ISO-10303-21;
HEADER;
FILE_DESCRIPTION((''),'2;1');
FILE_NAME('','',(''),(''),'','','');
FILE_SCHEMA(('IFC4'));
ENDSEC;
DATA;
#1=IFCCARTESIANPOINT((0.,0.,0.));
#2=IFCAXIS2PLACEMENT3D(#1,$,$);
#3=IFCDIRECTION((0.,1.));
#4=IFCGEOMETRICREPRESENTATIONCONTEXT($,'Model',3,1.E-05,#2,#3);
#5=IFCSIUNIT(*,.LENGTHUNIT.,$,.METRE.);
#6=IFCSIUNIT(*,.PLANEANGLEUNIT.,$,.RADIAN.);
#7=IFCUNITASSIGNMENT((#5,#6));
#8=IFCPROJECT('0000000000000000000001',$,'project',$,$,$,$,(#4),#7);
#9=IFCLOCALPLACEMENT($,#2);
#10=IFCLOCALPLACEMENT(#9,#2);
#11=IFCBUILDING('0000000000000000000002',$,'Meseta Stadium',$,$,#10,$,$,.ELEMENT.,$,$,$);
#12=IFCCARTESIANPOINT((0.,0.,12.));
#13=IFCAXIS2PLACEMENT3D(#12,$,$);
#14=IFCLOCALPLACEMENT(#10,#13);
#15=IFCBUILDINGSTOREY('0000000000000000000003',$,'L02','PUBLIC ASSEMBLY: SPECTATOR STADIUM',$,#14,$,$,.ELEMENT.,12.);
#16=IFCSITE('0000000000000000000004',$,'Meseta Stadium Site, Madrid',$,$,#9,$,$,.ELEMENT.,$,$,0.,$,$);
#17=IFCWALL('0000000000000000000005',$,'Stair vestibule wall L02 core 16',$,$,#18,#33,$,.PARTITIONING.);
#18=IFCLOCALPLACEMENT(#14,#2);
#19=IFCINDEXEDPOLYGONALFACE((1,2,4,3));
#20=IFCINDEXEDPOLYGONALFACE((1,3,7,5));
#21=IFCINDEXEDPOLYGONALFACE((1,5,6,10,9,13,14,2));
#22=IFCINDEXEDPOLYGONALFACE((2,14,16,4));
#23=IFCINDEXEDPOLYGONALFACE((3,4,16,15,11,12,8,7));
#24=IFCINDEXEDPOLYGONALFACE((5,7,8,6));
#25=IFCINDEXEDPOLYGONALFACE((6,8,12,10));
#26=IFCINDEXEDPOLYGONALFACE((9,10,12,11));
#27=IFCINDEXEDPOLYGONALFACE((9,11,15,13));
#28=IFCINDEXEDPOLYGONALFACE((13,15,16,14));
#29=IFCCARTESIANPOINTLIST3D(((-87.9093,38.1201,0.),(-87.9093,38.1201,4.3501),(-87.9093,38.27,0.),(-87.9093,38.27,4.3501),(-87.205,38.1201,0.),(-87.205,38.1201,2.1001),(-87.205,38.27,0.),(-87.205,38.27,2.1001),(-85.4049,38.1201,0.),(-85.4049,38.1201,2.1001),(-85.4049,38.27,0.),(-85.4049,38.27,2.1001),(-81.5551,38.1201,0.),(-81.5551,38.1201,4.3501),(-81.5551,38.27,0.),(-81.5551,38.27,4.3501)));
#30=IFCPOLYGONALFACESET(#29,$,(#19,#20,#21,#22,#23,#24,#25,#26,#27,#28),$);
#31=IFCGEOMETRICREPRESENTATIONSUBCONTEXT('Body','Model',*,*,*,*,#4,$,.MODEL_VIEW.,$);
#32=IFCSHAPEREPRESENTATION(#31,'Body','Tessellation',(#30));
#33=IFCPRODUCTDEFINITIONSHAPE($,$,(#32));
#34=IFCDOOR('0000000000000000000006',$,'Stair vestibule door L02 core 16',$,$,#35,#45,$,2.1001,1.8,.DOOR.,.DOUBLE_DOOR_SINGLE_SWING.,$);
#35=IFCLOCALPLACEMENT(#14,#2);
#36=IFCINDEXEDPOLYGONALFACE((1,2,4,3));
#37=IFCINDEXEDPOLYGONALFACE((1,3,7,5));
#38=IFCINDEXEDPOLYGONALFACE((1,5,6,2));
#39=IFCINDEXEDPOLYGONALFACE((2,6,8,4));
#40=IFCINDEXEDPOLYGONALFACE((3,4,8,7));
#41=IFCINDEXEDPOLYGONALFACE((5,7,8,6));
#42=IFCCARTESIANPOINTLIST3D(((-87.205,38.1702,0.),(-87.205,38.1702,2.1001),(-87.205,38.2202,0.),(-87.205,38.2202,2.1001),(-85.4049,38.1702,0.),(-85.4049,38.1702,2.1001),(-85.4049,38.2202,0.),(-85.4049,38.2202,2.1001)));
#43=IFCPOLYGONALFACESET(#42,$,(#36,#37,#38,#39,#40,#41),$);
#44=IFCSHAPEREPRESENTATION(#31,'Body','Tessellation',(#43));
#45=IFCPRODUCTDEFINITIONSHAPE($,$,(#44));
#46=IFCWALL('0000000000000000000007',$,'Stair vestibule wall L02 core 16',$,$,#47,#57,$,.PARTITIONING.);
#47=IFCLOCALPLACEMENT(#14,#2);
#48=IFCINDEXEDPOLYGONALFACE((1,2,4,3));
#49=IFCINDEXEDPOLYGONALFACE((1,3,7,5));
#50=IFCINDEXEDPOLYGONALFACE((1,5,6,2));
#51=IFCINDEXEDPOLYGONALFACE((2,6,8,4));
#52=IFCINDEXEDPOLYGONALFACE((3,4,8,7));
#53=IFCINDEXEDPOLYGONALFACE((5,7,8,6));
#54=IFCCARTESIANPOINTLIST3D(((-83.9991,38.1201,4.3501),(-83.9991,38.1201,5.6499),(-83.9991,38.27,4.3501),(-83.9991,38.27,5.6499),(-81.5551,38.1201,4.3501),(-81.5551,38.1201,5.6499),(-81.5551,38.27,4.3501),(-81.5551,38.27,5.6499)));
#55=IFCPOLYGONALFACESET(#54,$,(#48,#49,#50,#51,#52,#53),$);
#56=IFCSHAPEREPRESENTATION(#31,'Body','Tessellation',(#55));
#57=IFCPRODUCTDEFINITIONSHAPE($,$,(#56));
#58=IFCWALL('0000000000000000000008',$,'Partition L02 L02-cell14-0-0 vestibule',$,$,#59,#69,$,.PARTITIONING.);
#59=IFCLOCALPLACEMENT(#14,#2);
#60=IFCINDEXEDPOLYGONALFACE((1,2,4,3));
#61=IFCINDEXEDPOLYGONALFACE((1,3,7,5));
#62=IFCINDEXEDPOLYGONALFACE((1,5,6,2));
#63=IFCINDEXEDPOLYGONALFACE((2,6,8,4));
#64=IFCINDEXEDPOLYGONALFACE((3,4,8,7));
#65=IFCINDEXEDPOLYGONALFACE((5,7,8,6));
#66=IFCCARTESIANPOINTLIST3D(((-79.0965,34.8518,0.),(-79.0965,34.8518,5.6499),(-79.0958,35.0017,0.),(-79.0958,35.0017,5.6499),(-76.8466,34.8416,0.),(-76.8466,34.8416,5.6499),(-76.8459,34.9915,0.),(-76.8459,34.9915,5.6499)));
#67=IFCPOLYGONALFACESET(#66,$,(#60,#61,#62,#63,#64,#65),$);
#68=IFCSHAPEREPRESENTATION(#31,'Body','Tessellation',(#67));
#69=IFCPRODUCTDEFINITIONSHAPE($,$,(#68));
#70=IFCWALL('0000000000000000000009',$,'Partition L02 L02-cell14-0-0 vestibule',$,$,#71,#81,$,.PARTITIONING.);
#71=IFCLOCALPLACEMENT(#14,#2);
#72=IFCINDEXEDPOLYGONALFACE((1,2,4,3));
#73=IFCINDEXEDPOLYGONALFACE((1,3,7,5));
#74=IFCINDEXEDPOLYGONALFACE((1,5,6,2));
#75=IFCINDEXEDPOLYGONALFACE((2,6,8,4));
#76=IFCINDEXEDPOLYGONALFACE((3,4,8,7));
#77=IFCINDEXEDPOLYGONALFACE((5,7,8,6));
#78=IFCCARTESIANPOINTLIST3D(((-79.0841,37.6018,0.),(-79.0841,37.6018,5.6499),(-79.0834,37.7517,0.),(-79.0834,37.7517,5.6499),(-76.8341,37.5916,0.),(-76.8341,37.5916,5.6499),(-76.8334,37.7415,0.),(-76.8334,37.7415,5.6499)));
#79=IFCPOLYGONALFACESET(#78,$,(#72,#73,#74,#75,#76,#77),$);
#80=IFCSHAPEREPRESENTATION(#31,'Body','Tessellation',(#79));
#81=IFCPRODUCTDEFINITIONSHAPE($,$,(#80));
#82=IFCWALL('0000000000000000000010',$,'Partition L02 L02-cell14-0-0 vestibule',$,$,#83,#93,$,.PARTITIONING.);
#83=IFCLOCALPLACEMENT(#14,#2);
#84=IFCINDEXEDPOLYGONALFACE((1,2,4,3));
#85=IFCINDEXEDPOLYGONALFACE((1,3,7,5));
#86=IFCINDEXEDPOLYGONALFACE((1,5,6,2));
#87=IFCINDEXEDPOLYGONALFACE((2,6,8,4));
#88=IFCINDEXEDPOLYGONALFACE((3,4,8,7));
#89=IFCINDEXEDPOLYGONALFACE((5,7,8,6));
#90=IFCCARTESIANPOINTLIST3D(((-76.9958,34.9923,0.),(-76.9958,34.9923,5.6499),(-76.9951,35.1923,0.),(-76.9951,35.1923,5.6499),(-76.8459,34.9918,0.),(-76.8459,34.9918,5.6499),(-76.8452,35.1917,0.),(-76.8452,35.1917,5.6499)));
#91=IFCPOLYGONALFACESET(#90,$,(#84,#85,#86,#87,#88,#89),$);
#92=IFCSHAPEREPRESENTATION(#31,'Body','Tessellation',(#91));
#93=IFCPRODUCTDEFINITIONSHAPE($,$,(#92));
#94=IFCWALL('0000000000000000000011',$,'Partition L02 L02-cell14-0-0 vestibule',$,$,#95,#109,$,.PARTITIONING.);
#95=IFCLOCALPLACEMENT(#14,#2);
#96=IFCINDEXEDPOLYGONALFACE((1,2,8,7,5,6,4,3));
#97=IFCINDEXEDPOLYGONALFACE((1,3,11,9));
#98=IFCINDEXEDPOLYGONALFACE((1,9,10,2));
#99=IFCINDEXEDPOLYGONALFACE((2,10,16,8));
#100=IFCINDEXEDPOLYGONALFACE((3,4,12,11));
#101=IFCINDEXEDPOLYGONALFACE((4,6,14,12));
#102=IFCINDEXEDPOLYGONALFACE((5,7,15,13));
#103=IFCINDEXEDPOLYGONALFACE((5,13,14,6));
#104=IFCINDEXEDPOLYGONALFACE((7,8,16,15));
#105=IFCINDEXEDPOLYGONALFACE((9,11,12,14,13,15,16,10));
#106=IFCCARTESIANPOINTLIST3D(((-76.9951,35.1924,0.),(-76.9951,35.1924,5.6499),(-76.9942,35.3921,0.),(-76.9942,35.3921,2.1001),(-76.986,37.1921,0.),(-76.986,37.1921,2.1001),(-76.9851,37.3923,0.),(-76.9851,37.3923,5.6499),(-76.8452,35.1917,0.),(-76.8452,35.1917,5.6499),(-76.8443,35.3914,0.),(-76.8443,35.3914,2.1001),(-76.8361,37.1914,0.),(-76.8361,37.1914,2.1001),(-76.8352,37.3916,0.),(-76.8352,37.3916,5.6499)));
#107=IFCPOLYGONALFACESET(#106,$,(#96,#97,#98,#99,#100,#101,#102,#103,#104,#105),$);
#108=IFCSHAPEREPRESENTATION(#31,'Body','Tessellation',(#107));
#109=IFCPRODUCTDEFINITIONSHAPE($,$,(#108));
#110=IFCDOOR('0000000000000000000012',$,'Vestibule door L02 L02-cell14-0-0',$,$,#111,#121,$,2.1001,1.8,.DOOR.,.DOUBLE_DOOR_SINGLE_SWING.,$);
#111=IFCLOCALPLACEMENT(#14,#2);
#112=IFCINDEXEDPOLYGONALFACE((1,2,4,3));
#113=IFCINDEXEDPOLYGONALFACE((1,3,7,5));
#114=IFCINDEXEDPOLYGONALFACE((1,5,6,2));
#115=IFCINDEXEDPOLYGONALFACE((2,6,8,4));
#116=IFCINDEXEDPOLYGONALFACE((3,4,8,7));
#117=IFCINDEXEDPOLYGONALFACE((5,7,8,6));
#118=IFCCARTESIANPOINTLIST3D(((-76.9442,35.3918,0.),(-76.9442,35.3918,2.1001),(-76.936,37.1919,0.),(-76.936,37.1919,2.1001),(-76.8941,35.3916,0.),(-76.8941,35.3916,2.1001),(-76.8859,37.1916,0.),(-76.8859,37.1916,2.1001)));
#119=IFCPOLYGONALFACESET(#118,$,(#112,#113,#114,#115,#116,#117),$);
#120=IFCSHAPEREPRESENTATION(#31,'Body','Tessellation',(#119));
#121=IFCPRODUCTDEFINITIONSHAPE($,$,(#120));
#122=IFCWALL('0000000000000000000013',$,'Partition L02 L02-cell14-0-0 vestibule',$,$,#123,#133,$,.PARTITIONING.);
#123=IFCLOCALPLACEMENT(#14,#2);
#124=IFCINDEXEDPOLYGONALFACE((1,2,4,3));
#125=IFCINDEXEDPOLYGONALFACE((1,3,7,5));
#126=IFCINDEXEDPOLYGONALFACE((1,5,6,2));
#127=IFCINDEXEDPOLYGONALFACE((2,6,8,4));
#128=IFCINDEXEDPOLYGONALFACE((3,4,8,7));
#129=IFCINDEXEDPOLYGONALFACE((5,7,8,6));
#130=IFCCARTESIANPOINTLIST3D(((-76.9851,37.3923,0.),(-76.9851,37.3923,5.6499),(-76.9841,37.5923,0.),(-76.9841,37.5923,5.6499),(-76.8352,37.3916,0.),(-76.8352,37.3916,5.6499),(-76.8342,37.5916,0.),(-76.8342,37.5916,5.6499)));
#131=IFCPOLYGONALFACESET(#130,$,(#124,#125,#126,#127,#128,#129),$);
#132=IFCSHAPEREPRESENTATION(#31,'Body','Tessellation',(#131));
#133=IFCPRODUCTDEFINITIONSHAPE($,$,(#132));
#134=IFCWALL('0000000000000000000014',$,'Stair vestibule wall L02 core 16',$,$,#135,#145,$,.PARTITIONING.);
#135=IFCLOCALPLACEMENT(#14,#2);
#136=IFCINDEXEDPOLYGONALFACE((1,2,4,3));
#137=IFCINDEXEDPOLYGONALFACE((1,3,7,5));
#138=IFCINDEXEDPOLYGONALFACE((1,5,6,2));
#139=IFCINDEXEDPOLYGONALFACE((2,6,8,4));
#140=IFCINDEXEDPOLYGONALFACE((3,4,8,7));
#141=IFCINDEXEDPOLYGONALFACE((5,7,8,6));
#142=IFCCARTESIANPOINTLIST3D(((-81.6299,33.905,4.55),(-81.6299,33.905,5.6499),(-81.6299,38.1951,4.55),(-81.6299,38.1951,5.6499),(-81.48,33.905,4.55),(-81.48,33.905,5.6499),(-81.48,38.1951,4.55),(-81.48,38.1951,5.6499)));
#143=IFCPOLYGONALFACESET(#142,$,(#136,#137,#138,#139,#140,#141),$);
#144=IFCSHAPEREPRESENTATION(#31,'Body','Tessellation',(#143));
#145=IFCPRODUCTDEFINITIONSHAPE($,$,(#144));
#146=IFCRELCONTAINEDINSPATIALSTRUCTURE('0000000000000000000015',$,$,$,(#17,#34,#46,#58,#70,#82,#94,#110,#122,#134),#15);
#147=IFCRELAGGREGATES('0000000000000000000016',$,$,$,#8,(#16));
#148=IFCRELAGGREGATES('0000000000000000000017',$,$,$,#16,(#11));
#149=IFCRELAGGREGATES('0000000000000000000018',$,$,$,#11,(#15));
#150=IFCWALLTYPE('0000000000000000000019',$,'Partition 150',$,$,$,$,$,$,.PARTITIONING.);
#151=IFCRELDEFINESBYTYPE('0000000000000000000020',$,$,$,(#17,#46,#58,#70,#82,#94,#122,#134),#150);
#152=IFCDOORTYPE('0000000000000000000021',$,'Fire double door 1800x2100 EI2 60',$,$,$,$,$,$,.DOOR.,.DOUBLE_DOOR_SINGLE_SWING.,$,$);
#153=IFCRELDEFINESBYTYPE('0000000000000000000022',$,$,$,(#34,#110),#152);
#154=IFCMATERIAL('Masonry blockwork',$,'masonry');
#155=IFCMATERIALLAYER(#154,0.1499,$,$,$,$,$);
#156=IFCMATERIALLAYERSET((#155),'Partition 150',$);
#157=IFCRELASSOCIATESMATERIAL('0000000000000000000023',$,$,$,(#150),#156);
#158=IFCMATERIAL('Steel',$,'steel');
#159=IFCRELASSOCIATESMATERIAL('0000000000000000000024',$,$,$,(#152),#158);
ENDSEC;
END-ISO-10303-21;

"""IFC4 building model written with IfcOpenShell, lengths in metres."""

from ifc_helpers import new_model, si_unit, direction, frame, frame_2d, origin, place, context, subcontext, project, spatial, rectangle, extrude, material, layer, layer_set, type_object, element, fill, save


model = new_model("IFC4")

# Units and contexts
model_context = context("Model", 3, precision=1e-05, world=origin(), true_north=direction((0.0, 1.0)))
body_context = subcontext(model_context, "Body", "Model", "MODEL_VIEW")
ifc_project = project(units=[si_unit("LENGTHUNIT", "METRE"), si_unit("PLANEANGLEUNIT", "RADIAN")], contexts=[model_context])

# Site, building, storey
site_placement = place(None, origin())
site = spatial("IfcSite", under=ifc_project, at=site_placement, Name="Meseta Stadium Site, Madrid", CompositionType="ELEMENT", RefElevation=0.0)
building_placement = place(site_placement, origin())
building = spatial("IfcBuilding", under=site, at=building_placement, Name="Meseta Stadium", CompositionType="ELEMENT")
storey_placement = place(building_placement, frame((0.0, 0.0, 12.0)))
storey = spatial("IfcBuildingStorey", under=building, at=storey_placement, Name="L02", Description="PUBLIC ASSEMBLY: SPECTATOR STADIUM", CompositionType="ELEMENT", Elevation=12.0)

# Shared definitions
ifc_material_1 = material(Name="Masonry blockwork", Category="masonry")
ifc_layer_1 = layer(ifc_material_1, 0.1499)
ifc_layer_set_1 = layer_set([ifc_layer_1], Name="Partition 150")
wall_type = type_object("IfcWallType", Name="Partition 150", PredefinedType="PARTITIONING", material=ifc_layer_set_1)
ifc_material_2 = material(Name="Steel", Category="steel")
door_type = type_object("IfcDoorType", Name="Fire double door 1800x2100 EI2 60", OperationType="DOUBLE_DOOR_SINGLE_SWING", PredefinedType="DOOR", material=ifc_material_2)

# Wall, opening, door
wall_1_placement = place(storey_placement, frame((-81.5549, 38.1951, 0.0), z_axis=(0.0, 0.0, 1.0), x_axis=(-1.0, 0.0, 0.0)))
wall_1 = element("IfcWall", 1, at=wall_1_placement, inside=storey, type_object=wall_type, Name="Stair vestibule wall L02 core 16", PredefinedType="PARTITIONING", context=body_context, shape_type="SweptSolid", body=[
    extrude(rectangle(XDim=6.3542, YDim=0.1499, at=frame_2d((3.1772, 0.0))), origin(), (0.0, 0.0, 1.0), 4.3501),
])
opening_1_placement = place(wall_1_placement, frame((3.8501, 0.0, 0.0)))
opening_1 = element("IfcOpeningElement", 2, at=opening_1_placement, cuts=wall_1, PredefinedType="OPENING", context=body_context, shape_type="SweptSolid", body=[
    extrude(rectangle(XDim=1.8, YDim=2.1001, at=frame_2d((0.8999, 1.05))), frame((0.0, 0.085, 0.0), z_axis=(0.0, -1.0, 0.0), x_axis=(1.0, 0.0, 0.0)), (0.0, 0.0, 1.0), 0.1699),
])
door_1_placement = place(opening_1_placement, origin())
door_1 = element("IfcDoor", 3, at=door_1_placement, inside=storey, type_object=door_type, Name="Stair vestibule door L02 core 16", OperationType="DOUBLE_DOOR_SINGLE_SWING", OverallHeight=2.1001, OverallWidth=1.8, PredefinedType="DOOR", context=body_context, shape_type="SweptSolid", body=[
    extrude(rectangle(XDim=1.8, YDim=2.1001, at=frame_2d((0.8999, 1.05))), frame((0.0, 0.0249, 0.0), z_axis=(0.0, -1.0, 0.0), x_axis=(1.0, 0.0, 0.0)), (0.0, 0.0, 1.0), 0.05),
])
fill(opening_1, door_1)

# Walls
wall_2_placement = place(storey_placement, frame((-81.5549, 38.1951, 4.3501), z_axis=(0.0, 0.0, 1.0), x_axis=(-1.0, 0.0, 0.0)))
element("IfcWall", 4, at=wall_2_placement, inside=storey, type_object=wall_type, Name="Stair vestibule wall L02 core 16", PredefinedType="PARTITIONING", context=body_context, shape_type="SweptSolid", body=[
    extrude(rectangle(XDim=2.4441, YDim=0.1499, at=frame_2d((1.2222, 0.0))), origin(), (0.0, 0.0, 1.0), 1.2998),
])
for number, where, z_axis, x_axis, name in (
    (5, (-79.0962, 34.9268, 0.0), (0.0, 0.0, 1.0), (0.99999, -0.004557, 0.0), "Partition L02 L02-cell14-0-0 vestibule"),
    (6, (-79.0837, 37.6768, 0.0), (0.0, 0.0, 1.0), (0.99999, -0.004557, 0.0), "Partition L02 L02-cell14-0-0 vestibule"),
):
    element("IfcWall", number, at=place(storey_placement, frame(where, z_axis=z_axis, x_axis=x_axis)), inside=storey, type_object=wall_type, Name=name, PredefinedType="PARTITIONING", context=body_context, shape_type="SweptSolid", body=[
        extrude(rectangle(XDim=2.25, YDim=0.1499, at=frame_2d((1.125, 0.0))), origin(), (0.0, 0.0, 1.0), 5.6499),
    ])
wall_3_placement = place(storey_placement, frame((-76.9209, 34.9919, 0.0), z_axis=(0.0, 0.0, 1.0), x_axis=(0.003663, 0.999993, 0.0)))
element("IfcWall", 7, at=wall_3_placement, inside=storey, type_object=wall_type, Name="Partition L02 L02-cell14-0-0 vestibule", PredefinedType="PARTITIONING", context=body_context, shape_type="SweptSolid", body=[
    extrude(rectangle(XDim=0.2, YDim=0.1499, at=frame_2d((0.1001, 0.0))), origin(), (0.0, 0.0, 1.0), 5.6499),
])

# Wall, opening, door
wall_4_placement = place(storey_placement, frame((-76.9202, 35.1919, 0.0), z_axis=(0.0, 0.0, 1.0), x_axis=(0.00455, 0.99999, 0.0)))
wall_4 = element("IfcWall", 8, at=wall_4_placement, inside=storey, type_object=wall_type, Name="Partition L02 L02-cell14-0-0 vestibule", PredefinedType="PARTITIONING", context=body_context, shape_type="SweptSolid", body=[
    extrude(rectangle(XDim=2.2, YDim=0.1499, at=frame_2d((1.1001, 0.0))), origin(), (0.0, 0.0, 1.0), 5.6499),
])
opening_2_placement = place(wall_4_placement, frame((0.2, 0.0, 0.0)))
opening_2 = element("IfcOpeningElement", 9, at=opening_2_placement, cuts=wall_4, PredefinedType="OPENING", context=body_context, shape_type="SweptSolid", body=[
    extrude(rectangle(XDim=1.8, YDim=2.1001, at=frame_2d((0.8999, 1.05))), frame((0.0, 0.085, 0.0), z_axis=(0.0, -1.0, 0.0), x_axis=(1.0, 0.0, 0.0)), (0.0, 0.0, 1.0), 0.1699),
])
door_2_placement = place(opening_2_placement, origin())
door_2 = element("IfcDoor", 10, at=door_2_placement, inside=storey, type_object=door_type, Name="Vestibule door L02 L02-cell14-0-0", OperationType="DOUBLE_DOOR_SINGLE_SWING", OverallHeight=2.1001, OverallWidth=1.8, PredefinedType="DOOR", context=body_context, shape_type="SweptSolid", body=[
    extrude(rectangle(XDim=1.8, YDim=2.1001, at=frame_2d((0.8999, 1.05))), frame((0.0, 0.0249, 0.0), z_axis=(0.0, -1.0, 0.0), x_axis=(1.0, 0.0, 0.0)), (0.0, 0.0, 1.0), 0.05),
])
fill(opening_2, door_2)

# Walls
wall_5_placement = place(storey_placement, frame((-76.9102, 37.3918, 0.0), z_axis=(0.0, 0.0, 1.0), x_axis=(0.004884, 0.999988, 0.0)))
element("IfcWall", 11, at=wall_5_placement, inside=storey, type_object=wall_type, Name="Partition L02 L02-cell14-0-0 vestibule", PredefinedType="PARTITIONING", context=body_context, shape_type="SweptSolid", body=[
    extrude(rectangle(XDim=0.2, YDim=0.1499, at=frame_2d((0.1001, 0.0))), origin(), (0.0, 0.0, 1.0), 5.6499),
])
wall_6_placement = place(storey_placement, frame((-81.5549, 33.905, 4.55), z_axis=(0.0, 0.0, 1.0), x_axis=(0.0, 1.0, 0.0)))
element("IfcWall", 12, at=wall_6_placement, inside=storey, type_object=wall_type, Name="Stair vestibule wall L02 core 16", PredefinedType="PARTITIONING", context=body_context, shape_type="SweptSolid", body=[
    extrude(rectangle(XDim=4.29, YDim=0.1499, at=frame_2d((2.145, 0.0))), origin(), (0.0, 0.0, 1.0), 1.0999),
])

save(model, "model.ifc")
